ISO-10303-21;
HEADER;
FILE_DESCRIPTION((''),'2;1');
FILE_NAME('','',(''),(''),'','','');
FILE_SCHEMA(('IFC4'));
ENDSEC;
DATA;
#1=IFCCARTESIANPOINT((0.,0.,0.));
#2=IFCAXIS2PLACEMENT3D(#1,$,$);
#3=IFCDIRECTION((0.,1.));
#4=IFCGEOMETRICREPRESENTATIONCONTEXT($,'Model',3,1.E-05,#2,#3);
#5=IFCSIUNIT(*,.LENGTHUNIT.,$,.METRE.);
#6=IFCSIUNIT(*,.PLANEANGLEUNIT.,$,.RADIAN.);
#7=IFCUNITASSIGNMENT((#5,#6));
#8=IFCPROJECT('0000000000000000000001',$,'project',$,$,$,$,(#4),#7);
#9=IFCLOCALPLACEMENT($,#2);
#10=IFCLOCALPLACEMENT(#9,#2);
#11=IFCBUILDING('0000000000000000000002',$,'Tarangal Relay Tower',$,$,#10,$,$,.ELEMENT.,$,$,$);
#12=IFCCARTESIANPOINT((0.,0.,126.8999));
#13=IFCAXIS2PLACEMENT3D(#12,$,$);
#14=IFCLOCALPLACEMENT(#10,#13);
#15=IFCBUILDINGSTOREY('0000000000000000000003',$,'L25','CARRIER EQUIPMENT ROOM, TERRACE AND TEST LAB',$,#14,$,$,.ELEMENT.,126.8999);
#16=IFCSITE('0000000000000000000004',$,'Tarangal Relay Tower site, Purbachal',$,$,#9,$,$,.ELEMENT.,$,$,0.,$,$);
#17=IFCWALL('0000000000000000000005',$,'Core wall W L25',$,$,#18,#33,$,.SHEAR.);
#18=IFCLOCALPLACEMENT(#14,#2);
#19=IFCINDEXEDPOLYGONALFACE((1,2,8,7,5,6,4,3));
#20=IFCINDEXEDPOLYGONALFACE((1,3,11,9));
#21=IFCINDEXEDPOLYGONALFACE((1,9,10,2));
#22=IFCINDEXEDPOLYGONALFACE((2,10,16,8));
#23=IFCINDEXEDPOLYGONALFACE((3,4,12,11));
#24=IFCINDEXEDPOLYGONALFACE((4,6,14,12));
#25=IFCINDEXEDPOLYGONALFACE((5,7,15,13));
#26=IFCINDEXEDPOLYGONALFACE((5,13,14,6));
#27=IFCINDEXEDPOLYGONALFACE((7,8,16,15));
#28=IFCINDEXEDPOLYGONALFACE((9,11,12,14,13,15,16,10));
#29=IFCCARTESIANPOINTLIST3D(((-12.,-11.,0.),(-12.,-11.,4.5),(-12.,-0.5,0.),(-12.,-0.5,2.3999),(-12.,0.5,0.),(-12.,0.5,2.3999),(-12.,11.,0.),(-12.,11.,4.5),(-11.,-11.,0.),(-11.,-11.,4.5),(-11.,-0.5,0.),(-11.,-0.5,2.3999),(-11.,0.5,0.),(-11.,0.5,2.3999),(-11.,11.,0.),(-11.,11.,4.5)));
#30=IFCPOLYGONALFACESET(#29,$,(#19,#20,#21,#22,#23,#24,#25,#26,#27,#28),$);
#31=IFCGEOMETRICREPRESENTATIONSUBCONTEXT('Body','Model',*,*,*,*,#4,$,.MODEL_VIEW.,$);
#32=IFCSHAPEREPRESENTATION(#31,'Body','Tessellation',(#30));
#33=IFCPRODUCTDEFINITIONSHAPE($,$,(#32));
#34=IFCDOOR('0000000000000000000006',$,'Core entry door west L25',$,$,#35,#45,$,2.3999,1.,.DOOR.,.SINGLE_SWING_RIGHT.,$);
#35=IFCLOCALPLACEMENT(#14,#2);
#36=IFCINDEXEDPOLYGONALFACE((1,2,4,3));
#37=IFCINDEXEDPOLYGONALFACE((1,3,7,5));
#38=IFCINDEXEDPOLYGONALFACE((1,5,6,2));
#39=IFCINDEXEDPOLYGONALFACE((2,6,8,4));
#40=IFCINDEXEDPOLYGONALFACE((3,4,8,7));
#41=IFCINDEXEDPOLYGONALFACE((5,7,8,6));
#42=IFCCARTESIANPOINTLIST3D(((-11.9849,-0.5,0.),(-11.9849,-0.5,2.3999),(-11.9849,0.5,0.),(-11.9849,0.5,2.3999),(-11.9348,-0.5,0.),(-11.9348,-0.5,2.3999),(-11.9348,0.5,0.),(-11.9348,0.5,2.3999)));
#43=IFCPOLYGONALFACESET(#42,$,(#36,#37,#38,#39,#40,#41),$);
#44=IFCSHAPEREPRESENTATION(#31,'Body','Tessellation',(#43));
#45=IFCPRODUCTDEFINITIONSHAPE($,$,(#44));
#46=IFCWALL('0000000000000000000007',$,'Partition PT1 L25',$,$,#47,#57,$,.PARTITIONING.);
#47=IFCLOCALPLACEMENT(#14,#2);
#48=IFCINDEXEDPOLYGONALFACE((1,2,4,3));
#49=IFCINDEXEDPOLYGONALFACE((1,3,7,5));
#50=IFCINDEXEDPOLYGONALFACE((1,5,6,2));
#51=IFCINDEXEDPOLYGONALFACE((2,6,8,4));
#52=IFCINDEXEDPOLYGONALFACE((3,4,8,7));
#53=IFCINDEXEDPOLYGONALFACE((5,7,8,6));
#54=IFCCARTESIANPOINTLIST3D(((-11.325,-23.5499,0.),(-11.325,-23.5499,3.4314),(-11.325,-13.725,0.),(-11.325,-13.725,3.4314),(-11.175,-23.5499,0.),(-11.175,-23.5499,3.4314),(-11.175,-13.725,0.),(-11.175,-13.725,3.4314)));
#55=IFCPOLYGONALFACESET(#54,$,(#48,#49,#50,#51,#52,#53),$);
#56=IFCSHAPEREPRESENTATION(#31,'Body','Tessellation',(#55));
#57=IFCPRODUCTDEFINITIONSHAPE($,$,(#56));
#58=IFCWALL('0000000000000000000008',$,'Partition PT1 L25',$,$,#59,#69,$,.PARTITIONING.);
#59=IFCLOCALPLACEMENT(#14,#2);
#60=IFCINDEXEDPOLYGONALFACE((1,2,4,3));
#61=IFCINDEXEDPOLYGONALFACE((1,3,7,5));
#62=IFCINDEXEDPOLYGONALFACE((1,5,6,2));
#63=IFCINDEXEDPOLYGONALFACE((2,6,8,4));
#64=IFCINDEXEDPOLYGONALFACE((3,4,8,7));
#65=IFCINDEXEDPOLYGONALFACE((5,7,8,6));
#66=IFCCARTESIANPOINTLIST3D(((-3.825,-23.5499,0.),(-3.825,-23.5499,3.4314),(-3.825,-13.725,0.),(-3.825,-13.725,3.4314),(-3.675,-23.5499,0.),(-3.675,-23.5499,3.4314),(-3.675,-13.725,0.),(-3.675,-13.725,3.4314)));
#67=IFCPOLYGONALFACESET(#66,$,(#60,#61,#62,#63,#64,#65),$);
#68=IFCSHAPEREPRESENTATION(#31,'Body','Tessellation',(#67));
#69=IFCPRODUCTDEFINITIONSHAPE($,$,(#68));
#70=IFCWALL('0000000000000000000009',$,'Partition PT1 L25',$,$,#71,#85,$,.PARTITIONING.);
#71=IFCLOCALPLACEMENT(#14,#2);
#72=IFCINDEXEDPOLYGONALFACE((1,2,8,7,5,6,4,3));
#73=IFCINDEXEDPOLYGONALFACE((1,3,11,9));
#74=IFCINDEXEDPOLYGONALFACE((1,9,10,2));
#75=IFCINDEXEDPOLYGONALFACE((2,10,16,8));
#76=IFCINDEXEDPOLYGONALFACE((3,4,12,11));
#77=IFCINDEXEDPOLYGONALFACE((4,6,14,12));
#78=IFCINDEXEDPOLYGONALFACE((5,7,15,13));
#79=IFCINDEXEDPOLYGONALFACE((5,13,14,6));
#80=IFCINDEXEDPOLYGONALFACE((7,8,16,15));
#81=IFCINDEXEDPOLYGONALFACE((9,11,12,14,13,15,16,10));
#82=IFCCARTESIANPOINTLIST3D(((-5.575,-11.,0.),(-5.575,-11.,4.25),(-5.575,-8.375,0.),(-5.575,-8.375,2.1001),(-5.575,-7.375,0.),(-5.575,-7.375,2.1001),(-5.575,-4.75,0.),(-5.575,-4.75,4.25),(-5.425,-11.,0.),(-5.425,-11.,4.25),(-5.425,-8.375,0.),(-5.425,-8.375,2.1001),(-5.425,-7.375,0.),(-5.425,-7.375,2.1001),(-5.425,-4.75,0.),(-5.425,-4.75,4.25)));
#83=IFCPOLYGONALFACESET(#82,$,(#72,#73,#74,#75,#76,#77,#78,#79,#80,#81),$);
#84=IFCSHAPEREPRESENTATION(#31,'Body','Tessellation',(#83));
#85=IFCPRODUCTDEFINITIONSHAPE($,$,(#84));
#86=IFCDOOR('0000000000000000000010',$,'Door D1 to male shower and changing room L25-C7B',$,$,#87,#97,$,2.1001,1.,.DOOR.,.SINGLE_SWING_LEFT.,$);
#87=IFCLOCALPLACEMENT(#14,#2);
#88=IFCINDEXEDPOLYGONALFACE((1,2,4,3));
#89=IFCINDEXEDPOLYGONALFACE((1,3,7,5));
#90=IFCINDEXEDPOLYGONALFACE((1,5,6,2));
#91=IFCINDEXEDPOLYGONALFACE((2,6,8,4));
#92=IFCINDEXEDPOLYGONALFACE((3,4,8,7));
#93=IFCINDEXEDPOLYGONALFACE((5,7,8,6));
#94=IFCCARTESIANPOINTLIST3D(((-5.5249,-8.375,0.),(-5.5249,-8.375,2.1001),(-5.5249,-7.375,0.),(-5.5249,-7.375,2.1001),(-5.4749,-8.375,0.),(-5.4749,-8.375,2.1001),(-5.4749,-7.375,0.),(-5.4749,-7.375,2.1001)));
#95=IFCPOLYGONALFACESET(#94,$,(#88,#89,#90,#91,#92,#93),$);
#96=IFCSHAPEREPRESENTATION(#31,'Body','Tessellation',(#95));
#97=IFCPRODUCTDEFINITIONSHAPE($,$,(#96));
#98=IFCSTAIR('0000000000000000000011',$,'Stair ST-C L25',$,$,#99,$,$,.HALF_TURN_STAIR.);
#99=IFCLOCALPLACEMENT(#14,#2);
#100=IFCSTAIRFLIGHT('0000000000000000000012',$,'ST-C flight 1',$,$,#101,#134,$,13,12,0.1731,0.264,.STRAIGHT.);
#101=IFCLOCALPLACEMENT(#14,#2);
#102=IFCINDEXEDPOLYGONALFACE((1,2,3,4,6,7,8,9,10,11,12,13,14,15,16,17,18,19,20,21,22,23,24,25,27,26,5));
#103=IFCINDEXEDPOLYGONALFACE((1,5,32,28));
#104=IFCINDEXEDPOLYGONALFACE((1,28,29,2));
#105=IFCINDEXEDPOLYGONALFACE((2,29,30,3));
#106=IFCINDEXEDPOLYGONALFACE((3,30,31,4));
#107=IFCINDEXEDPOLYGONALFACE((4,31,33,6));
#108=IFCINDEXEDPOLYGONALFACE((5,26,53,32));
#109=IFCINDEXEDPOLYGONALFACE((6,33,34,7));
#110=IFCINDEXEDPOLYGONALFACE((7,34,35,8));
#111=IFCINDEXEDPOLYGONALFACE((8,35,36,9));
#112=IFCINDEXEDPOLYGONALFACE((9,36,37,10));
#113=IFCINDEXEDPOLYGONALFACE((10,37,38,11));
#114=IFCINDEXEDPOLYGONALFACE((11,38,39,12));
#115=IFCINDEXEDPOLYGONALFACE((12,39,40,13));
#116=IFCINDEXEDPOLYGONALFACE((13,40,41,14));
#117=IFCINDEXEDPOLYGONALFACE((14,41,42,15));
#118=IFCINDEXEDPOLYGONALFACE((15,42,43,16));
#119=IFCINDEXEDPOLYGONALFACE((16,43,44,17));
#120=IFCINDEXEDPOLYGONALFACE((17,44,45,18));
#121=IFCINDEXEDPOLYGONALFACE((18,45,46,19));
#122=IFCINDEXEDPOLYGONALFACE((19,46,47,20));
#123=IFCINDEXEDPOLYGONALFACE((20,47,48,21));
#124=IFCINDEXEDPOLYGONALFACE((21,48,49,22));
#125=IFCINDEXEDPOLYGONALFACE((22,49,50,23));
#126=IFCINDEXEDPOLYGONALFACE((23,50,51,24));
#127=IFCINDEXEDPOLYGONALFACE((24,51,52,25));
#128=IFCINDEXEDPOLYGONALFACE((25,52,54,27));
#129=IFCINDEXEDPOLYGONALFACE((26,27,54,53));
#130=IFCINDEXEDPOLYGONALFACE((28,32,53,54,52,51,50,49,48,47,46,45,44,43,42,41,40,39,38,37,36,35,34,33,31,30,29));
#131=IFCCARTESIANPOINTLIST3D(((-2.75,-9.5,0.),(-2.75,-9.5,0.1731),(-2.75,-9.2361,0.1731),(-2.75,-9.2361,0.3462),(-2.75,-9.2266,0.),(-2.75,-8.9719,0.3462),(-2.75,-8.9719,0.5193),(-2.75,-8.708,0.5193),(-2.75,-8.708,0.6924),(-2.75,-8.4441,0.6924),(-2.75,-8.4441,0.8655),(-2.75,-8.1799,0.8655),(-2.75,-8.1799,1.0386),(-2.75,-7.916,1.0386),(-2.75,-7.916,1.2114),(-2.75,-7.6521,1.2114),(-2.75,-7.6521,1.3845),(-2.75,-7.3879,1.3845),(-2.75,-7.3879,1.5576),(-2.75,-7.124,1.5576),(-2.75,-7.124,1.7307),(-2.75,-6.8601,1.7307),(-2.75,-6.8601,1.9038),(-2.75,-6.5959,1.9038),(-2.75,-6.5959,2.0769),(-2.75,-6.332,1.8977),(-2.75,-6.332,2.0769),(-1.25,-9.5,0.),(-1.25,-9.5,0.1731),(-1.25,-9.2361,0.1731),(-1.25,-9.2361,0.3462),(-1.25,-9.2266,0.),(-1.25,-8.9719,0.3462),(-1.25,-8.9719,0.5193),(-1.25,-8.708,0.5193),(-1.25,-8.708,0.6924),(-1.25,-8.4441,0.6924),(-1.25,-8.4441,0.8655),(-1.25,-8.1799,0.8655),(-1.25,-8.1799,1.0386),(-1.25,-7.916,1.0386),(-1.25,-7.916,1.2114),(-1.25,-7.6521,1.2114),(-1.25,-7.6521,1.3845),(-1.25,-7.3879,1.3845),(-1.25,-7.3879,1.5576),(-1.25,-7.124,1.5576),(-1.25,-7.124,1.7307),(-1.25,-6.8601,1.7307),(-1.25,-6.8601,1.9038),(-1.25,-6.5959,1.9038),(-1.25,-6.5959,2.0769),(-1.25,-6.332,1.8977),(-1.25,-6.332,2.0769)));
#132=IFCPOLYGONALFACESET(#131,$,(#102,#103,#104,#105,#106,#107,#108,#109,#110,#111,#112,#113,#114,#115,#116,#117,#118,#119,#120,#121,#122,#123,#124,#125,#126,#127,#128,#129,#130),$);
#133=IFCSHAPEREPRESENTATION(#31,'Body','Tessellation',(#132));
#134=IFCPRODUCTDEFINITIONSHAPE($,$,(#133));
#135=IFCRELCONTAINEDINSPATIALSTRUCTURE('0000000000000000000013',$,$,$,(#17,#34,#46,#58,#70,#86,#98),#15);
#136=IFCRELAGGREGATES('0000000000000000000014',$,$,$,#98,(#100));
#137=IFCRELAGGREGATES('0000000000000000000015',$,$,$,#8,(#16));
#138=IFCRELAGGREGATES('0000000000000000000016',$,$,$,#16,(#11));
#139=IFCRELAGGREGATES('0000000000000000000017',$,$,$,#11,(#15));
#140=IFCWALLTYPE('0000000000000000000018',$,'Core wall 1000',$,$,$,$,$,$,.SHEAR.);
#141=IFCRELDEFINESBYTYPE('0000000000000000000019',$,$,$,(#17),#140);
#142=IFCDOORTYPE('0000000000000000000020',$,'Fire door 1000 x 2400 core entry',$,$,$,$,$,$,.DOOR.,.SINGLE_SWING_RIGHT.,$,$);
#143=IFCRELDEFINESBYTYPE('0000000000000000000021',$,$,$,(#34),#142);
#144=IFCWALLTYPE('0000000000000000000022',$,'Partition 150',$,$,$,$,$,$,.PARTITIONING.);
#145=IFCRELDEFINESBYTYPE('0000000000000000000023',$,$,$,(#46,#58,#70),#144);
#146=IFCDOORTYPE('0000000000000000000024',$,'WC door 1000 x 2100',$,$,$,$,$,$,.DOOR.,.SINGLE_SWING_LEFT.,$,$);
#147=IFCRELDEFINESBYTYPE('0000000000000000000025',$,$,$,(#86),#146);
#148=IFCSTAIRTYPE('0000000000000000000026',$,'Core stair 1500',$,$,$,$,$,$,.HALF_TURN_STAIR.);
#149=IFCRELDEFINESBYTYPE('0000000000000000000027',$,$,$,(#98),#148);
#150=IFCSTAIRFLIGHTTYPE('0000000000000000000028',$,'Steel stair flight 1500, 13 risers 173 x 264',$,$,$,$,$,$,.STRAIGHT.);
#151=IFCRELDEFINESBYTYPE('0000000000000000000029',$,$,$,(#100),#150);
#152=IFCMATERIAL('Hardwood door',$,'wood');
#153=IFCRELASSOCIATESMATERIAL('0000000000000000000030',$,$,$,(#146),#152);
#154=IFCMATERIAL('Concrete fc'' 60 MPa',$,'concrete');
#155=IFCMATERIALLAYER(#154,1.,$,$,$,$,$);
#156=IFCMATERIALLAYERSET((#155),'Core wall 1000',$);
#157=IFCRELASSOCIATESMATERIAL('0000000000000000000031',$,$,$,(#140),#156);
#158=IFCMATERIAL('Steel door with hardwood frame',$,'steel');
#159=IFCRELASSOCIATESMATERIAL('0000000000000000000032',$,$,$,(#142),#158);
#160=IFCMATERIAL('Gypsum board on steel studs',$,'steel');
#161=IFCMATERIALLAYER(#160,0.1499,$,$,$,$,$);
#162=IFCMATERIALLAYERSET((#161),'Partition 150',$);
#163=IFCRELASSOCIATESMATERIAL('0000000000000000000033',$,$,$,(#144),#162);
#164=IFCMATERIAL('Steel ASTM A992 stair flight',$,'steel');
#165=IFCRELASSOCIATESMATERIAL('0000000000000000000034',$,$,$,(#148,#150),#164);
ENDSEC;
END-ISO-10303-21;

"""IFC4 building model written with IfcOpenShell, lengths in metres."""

from ifc_helpers import new_model, si_unit, direction, frame, frame_2d, origin, place, context, subcontext, project, spatial, polyline, rectangle, outline, extrude, material, layer, layer_set, type_object, element, fill, aggregate, save


model = new_model("IFC4")

# Units and contexts
model_context = context("Model", 3, precision=1e-05, world=origin(), true_north=direction((0.0, 1.0)))
body_context = subcontext(model_context, "Body", "Model", "MODEL_VIEW")
ifc_project = project(units=[si_unit("LENGTHUNIT", "METRE"), si_unit("PLANEANGLEUNIT", "RADIAN")], contexts=[model_context])

# Site, building, storey
site_placement = place(None, origin())
site = spatial("IfcSite", under=ifc_project, at=site_placement, Name="Tarangal Relay Tower site, Purbachal", CompositionType="ELEMENT", RefElevation=0.0)
building_placement = place(site_placement, origin())
building = spatial("IfcBuilding", under=site, at=building_placement, Name="Tarangal Relay Tower", CompositionType="ELEMENT")
storey_placement = place(building_placement, frame((0.0, 0.0, 126.8999)))
storey = spatial("IfcBuildingStorey", under=building, at=storey_placement, Name="L25", Description="CARRIER EQUIPMENT ROOM, TERRACE AND TEST LAB", CompositionType="ELEMENT", Elevation=126.8999)

# Shared definitions
ifc_material_1 = material(Name="Concrete fc' 60 MPa", Category="concrete")

# Shared definitions
ifc_material_2 = material(Name="Hardwood door", Category="wood")
door_type_1 = type_object("IfcDoorType", Name="WC door 1000 x 2100", OperationType="SINGLE_SWING_LEFT", PredefinedType="DOOR", material=ifc_material_2)

# Wall, opening, door
ifc_layer_1 = layer(ifc_material_1, 1.0)
ifc_layer_set_1 = layer_set([ifc_layer_1], Name="Core wall 1000")
wall_type_1 = type_object("IfcWallType", Name="Core wall 1000", PredefinedType="SHEAR", material=ifc_layer_set_1)
wall_1_placement = place(storey_placement, frame((-11.5, -11.0, 0.0), z_axis=(0.0, 0.0, 1.0), x_axis=(0.0, 1.0, 0.0)))
wall_1 = element("IfcWall", 1, at=wall_1_placement, inside=storey, type_object=wall_type_1, Name="Core wall W L25", PredefinedType="SHEAR", context=body_context, shape_type="SweptSolid", body=[
    extrude(rectangle(XDim=22.0, YDim=1.0, at=frame_2d((11.0, 0.0))), origin(), (0.0, 0.0, 1.0), 4.5),
])
opening_1_placement = place(wall_1_placement, frame((10.5, 0.0, 0.0)))
opening_1 = element("IfcOpeningElement", 2, at=opening_1_placement, cuts=wall_1, PredefinedType="OPENING", context=body_context, shape_type="SweptSolid", body=[
    extrude(rectangle(XDim=1.0, YDim=2.3999, at=frame_2d((0.5, 1.2))), frame((0.0, 0.51, 0.0), z_axis=(0.0, -1.0, 0.0), x_axis=(1.0, 0.0, 0.0)), (0.0, 0.0, 1.0), 1.02),
])
ifc_material_3 = material(Name="Steel door with hardwood frame", Category="steel")
door_type_2 = type_object("IfcDoorType", Name="Fire door 1000 x 2400 core entry", OperationType="SINGLE_SWING_RIGHT", PredefinedType="DOOR", material=ifc_material_3)
door_1_placement = place(opening_1_placement, origin())
door_1 = element("IfcDoor", 3, at=door_1_placement, inside=storey, type_object=door_type_2, Name="Core entry door west L25", OperationType="SINGLE_SWING_RIGHT", OverallHeight=2.3999, OverallWidth=1.0, PredefinedType="DOOR", context=body_context, shape_type="SweptSolid", body=[
    extrude(rectangle(XDim=1.0, YDim=2.3999, at=frame_2d((0.5, 1.2))), frame((0.0, 0.4849, 0.0), z_axis=(0.0, -1.0, 0.0), x_axis=(1.0, 0.0, 0.0)), (0.0, 0.0, 1.0), 0.05),
])
fill(opening_1, door_1)

# Walls
ifc_material_4 = material(Name="Gypsum board on steel studs", Category="steel")
ifc_layer_2 = layer(ifc_material_4, 0.1499)
ifc_layer_set_2 = layer_set([ifc_layer_2], Name="Partition 150")
wall_type_2 = type_object("IfcWallType", Name="Partition 150", PredefinedType="PARTITIONING", material=ifc_layer_set_2)
for number, where, z_axis, x_axis, name in (
    (4, (-11.25, -23.55, 0.0), (0.0, 0.0, 1.0), (0.0, 1.0, 0.0), "Partition PT1 L25"),
    (5, (-3.75, -23.55, 0.0), (0.0, 0.0, 1.0), (0.0, 1.0, 0.0), "Partition PT1 L25"),
):
    element("IfcWall", number, at=place(storey_placement, frame(where, z_axis=z_axis, x_axis=x_axis)), inside=storey, type_object=wall_type_2, Name=name, PredefinedType="PARTITIONING", context=body_context, shape_type="SweptSolid", body=[
        extrude(rectangle(XDim=9.825, YDim=0.1499, at=frame_2d((4.9126, 0.0))), origin(), (0.0, 0.0, 1.0), 3.4314),
    ])

# Wall, opening, door
wall_2_placement = place(storey_placement, frame((-5.5, -11.0, 0.0), z_axis=(0.0, 0.0, 1.0), x_axis=(0.0, 1.0, 0.0)))
wall_2 = element("IfcWall", 6, at=wall_2_placement, inside=storey, type_object=wall_type_2, Name="Partition PT1 L25", PredefinedType="PARTITIONING", context=body_context, shape_type="SweptSolid", body=[
    extrude(rectangle(XDim=6.25, YDim=0.1499, at=frame_2d((3.125, 0.0))), origin(), (0.0, 0.0, 1.0), 4.25),
])
opening_2_placement = place(wall_2_placement, frame((2.625, 0.0, 0.0)))
opening_2 = element("IfcOpeningElement", 7, at=opening_2_placement, cuts=wall_2, PredefinedType="OPENING", context=body_context, shape_type="SweptSolid", body=[
    extrude(rectangle(XDim=1.0, YDim=2.1001, at=frame_2d((0.5, 1.05))), frame((0.0, 0.085, 0.0), z_axis=(0.0, -1.0, 0.0), x_axis=(1.0, 0.0, 0.0)), (0.0, 0.0, 1.0), 0.1699),
])
door_2_placement = place(opening_2_placement, origin())
door_2 = element("IfcDoor", 8, at=door_2_placement, inside=storey, type_object=door_type_1, Name="Door D1 to male shower and changing room L25-C7B", OperationType="SINGLE_SWING_LEFT", OverallHeight=2.1001, OverallWidth=1.0, PredefinedType="DOOR", context=body_context, shape_type="SweptSolid", body=[
    extrude(rectangle(XDim=1.0, YDim=2.1001, at=frame_2d((0.5, 1.05))), frame((0.0, 0.0249, 0.0), z_axis=(0.0, -1.0, 0.0), x_axis=(1.0, 0.0, 0.0)), (0.0, 0.0, 1.0), 0.05),
])
fill(opening_2, door_2)

# Stair, stair flight
ifc_material_5 = material(Name="Steel ASTM A992 stair flight", Category="steel")
stair_type = type_object("IfcStairType", Name="Core stair 1500", PredefinedType="HALF_TURN_STAIR", material=ifc_material_5)
stair_placement = place(storey_placement, origin())
stair = element("IfcStair", 9, at=stair_placement, inside=storey, type_object=stair_type, Name="Stair ST-C L25", PredefinedType="HALF_TURN_STAIR")
stair_flight_type = type_object("IfcStairFlightType", Name="Steel stair flight 1500, 13 risers 173 x 264", PredefinedType="STRAIGHT", material=ifc_material_5)
stair_flight_placement = place(storey_placement, frame((-2.0, -9.5, 0.0), z_axis=(0.0, 0.0, 1.0), x_axis=(0.0, 1.0, 0.0)))
stair_flight = element("IfcStairFlight", 10, at=stair_flight_placement, type_object=stair_flight_type, Name="ST-C flight 1", NumberOfRisers=13, NumberOfTreads=12, PredefinedType="STRAIGHT", RiserHeight=0.1731, TreadLength=0.264, context=body_context, shape_type="SweptSolid", body=[
    extrude(outline(polyline([(0.0, 0.0), (0.0, 0.1731), (0.2639, 0.1731), (0.2639, 0.3462), (0.5281, 0.3462), (0.5281, 0.5193), (0.792, 0.5193), (0.792, 0.6924), (1.0559, 0.6924), (1.0559, 0.8655), (1.3201, 0.8655), (1.3201, 1.0386), (1.584, 1.0386), (1.584, 1.2114), (1.8479, 1.2114), (1.8479, 1.3845), (2.1121, 1.3845), (2.1121, 1.5576), (2.376, 1.5576), (2.376, 1.7307), (2.6399, 1.7307), (2.6399, 1.9038), (2.9041, 1.9038), (2.9041, 2.0769), (3.168, 2.0769), (3.168, 2.25), (3.168, 1.8977), (0.2734, 0.0), (0.0, 0.0)])), frame((0.0, 0.75, 0.0), z_axis=(0.0, -1.0, 0.0), x_axis=(1.0, 0.0, 0.0)), (0.0, 0.0, 1.0), 1.5),
])
aggregate(stair, [stair_flight])

save(model, "model.ifc")
